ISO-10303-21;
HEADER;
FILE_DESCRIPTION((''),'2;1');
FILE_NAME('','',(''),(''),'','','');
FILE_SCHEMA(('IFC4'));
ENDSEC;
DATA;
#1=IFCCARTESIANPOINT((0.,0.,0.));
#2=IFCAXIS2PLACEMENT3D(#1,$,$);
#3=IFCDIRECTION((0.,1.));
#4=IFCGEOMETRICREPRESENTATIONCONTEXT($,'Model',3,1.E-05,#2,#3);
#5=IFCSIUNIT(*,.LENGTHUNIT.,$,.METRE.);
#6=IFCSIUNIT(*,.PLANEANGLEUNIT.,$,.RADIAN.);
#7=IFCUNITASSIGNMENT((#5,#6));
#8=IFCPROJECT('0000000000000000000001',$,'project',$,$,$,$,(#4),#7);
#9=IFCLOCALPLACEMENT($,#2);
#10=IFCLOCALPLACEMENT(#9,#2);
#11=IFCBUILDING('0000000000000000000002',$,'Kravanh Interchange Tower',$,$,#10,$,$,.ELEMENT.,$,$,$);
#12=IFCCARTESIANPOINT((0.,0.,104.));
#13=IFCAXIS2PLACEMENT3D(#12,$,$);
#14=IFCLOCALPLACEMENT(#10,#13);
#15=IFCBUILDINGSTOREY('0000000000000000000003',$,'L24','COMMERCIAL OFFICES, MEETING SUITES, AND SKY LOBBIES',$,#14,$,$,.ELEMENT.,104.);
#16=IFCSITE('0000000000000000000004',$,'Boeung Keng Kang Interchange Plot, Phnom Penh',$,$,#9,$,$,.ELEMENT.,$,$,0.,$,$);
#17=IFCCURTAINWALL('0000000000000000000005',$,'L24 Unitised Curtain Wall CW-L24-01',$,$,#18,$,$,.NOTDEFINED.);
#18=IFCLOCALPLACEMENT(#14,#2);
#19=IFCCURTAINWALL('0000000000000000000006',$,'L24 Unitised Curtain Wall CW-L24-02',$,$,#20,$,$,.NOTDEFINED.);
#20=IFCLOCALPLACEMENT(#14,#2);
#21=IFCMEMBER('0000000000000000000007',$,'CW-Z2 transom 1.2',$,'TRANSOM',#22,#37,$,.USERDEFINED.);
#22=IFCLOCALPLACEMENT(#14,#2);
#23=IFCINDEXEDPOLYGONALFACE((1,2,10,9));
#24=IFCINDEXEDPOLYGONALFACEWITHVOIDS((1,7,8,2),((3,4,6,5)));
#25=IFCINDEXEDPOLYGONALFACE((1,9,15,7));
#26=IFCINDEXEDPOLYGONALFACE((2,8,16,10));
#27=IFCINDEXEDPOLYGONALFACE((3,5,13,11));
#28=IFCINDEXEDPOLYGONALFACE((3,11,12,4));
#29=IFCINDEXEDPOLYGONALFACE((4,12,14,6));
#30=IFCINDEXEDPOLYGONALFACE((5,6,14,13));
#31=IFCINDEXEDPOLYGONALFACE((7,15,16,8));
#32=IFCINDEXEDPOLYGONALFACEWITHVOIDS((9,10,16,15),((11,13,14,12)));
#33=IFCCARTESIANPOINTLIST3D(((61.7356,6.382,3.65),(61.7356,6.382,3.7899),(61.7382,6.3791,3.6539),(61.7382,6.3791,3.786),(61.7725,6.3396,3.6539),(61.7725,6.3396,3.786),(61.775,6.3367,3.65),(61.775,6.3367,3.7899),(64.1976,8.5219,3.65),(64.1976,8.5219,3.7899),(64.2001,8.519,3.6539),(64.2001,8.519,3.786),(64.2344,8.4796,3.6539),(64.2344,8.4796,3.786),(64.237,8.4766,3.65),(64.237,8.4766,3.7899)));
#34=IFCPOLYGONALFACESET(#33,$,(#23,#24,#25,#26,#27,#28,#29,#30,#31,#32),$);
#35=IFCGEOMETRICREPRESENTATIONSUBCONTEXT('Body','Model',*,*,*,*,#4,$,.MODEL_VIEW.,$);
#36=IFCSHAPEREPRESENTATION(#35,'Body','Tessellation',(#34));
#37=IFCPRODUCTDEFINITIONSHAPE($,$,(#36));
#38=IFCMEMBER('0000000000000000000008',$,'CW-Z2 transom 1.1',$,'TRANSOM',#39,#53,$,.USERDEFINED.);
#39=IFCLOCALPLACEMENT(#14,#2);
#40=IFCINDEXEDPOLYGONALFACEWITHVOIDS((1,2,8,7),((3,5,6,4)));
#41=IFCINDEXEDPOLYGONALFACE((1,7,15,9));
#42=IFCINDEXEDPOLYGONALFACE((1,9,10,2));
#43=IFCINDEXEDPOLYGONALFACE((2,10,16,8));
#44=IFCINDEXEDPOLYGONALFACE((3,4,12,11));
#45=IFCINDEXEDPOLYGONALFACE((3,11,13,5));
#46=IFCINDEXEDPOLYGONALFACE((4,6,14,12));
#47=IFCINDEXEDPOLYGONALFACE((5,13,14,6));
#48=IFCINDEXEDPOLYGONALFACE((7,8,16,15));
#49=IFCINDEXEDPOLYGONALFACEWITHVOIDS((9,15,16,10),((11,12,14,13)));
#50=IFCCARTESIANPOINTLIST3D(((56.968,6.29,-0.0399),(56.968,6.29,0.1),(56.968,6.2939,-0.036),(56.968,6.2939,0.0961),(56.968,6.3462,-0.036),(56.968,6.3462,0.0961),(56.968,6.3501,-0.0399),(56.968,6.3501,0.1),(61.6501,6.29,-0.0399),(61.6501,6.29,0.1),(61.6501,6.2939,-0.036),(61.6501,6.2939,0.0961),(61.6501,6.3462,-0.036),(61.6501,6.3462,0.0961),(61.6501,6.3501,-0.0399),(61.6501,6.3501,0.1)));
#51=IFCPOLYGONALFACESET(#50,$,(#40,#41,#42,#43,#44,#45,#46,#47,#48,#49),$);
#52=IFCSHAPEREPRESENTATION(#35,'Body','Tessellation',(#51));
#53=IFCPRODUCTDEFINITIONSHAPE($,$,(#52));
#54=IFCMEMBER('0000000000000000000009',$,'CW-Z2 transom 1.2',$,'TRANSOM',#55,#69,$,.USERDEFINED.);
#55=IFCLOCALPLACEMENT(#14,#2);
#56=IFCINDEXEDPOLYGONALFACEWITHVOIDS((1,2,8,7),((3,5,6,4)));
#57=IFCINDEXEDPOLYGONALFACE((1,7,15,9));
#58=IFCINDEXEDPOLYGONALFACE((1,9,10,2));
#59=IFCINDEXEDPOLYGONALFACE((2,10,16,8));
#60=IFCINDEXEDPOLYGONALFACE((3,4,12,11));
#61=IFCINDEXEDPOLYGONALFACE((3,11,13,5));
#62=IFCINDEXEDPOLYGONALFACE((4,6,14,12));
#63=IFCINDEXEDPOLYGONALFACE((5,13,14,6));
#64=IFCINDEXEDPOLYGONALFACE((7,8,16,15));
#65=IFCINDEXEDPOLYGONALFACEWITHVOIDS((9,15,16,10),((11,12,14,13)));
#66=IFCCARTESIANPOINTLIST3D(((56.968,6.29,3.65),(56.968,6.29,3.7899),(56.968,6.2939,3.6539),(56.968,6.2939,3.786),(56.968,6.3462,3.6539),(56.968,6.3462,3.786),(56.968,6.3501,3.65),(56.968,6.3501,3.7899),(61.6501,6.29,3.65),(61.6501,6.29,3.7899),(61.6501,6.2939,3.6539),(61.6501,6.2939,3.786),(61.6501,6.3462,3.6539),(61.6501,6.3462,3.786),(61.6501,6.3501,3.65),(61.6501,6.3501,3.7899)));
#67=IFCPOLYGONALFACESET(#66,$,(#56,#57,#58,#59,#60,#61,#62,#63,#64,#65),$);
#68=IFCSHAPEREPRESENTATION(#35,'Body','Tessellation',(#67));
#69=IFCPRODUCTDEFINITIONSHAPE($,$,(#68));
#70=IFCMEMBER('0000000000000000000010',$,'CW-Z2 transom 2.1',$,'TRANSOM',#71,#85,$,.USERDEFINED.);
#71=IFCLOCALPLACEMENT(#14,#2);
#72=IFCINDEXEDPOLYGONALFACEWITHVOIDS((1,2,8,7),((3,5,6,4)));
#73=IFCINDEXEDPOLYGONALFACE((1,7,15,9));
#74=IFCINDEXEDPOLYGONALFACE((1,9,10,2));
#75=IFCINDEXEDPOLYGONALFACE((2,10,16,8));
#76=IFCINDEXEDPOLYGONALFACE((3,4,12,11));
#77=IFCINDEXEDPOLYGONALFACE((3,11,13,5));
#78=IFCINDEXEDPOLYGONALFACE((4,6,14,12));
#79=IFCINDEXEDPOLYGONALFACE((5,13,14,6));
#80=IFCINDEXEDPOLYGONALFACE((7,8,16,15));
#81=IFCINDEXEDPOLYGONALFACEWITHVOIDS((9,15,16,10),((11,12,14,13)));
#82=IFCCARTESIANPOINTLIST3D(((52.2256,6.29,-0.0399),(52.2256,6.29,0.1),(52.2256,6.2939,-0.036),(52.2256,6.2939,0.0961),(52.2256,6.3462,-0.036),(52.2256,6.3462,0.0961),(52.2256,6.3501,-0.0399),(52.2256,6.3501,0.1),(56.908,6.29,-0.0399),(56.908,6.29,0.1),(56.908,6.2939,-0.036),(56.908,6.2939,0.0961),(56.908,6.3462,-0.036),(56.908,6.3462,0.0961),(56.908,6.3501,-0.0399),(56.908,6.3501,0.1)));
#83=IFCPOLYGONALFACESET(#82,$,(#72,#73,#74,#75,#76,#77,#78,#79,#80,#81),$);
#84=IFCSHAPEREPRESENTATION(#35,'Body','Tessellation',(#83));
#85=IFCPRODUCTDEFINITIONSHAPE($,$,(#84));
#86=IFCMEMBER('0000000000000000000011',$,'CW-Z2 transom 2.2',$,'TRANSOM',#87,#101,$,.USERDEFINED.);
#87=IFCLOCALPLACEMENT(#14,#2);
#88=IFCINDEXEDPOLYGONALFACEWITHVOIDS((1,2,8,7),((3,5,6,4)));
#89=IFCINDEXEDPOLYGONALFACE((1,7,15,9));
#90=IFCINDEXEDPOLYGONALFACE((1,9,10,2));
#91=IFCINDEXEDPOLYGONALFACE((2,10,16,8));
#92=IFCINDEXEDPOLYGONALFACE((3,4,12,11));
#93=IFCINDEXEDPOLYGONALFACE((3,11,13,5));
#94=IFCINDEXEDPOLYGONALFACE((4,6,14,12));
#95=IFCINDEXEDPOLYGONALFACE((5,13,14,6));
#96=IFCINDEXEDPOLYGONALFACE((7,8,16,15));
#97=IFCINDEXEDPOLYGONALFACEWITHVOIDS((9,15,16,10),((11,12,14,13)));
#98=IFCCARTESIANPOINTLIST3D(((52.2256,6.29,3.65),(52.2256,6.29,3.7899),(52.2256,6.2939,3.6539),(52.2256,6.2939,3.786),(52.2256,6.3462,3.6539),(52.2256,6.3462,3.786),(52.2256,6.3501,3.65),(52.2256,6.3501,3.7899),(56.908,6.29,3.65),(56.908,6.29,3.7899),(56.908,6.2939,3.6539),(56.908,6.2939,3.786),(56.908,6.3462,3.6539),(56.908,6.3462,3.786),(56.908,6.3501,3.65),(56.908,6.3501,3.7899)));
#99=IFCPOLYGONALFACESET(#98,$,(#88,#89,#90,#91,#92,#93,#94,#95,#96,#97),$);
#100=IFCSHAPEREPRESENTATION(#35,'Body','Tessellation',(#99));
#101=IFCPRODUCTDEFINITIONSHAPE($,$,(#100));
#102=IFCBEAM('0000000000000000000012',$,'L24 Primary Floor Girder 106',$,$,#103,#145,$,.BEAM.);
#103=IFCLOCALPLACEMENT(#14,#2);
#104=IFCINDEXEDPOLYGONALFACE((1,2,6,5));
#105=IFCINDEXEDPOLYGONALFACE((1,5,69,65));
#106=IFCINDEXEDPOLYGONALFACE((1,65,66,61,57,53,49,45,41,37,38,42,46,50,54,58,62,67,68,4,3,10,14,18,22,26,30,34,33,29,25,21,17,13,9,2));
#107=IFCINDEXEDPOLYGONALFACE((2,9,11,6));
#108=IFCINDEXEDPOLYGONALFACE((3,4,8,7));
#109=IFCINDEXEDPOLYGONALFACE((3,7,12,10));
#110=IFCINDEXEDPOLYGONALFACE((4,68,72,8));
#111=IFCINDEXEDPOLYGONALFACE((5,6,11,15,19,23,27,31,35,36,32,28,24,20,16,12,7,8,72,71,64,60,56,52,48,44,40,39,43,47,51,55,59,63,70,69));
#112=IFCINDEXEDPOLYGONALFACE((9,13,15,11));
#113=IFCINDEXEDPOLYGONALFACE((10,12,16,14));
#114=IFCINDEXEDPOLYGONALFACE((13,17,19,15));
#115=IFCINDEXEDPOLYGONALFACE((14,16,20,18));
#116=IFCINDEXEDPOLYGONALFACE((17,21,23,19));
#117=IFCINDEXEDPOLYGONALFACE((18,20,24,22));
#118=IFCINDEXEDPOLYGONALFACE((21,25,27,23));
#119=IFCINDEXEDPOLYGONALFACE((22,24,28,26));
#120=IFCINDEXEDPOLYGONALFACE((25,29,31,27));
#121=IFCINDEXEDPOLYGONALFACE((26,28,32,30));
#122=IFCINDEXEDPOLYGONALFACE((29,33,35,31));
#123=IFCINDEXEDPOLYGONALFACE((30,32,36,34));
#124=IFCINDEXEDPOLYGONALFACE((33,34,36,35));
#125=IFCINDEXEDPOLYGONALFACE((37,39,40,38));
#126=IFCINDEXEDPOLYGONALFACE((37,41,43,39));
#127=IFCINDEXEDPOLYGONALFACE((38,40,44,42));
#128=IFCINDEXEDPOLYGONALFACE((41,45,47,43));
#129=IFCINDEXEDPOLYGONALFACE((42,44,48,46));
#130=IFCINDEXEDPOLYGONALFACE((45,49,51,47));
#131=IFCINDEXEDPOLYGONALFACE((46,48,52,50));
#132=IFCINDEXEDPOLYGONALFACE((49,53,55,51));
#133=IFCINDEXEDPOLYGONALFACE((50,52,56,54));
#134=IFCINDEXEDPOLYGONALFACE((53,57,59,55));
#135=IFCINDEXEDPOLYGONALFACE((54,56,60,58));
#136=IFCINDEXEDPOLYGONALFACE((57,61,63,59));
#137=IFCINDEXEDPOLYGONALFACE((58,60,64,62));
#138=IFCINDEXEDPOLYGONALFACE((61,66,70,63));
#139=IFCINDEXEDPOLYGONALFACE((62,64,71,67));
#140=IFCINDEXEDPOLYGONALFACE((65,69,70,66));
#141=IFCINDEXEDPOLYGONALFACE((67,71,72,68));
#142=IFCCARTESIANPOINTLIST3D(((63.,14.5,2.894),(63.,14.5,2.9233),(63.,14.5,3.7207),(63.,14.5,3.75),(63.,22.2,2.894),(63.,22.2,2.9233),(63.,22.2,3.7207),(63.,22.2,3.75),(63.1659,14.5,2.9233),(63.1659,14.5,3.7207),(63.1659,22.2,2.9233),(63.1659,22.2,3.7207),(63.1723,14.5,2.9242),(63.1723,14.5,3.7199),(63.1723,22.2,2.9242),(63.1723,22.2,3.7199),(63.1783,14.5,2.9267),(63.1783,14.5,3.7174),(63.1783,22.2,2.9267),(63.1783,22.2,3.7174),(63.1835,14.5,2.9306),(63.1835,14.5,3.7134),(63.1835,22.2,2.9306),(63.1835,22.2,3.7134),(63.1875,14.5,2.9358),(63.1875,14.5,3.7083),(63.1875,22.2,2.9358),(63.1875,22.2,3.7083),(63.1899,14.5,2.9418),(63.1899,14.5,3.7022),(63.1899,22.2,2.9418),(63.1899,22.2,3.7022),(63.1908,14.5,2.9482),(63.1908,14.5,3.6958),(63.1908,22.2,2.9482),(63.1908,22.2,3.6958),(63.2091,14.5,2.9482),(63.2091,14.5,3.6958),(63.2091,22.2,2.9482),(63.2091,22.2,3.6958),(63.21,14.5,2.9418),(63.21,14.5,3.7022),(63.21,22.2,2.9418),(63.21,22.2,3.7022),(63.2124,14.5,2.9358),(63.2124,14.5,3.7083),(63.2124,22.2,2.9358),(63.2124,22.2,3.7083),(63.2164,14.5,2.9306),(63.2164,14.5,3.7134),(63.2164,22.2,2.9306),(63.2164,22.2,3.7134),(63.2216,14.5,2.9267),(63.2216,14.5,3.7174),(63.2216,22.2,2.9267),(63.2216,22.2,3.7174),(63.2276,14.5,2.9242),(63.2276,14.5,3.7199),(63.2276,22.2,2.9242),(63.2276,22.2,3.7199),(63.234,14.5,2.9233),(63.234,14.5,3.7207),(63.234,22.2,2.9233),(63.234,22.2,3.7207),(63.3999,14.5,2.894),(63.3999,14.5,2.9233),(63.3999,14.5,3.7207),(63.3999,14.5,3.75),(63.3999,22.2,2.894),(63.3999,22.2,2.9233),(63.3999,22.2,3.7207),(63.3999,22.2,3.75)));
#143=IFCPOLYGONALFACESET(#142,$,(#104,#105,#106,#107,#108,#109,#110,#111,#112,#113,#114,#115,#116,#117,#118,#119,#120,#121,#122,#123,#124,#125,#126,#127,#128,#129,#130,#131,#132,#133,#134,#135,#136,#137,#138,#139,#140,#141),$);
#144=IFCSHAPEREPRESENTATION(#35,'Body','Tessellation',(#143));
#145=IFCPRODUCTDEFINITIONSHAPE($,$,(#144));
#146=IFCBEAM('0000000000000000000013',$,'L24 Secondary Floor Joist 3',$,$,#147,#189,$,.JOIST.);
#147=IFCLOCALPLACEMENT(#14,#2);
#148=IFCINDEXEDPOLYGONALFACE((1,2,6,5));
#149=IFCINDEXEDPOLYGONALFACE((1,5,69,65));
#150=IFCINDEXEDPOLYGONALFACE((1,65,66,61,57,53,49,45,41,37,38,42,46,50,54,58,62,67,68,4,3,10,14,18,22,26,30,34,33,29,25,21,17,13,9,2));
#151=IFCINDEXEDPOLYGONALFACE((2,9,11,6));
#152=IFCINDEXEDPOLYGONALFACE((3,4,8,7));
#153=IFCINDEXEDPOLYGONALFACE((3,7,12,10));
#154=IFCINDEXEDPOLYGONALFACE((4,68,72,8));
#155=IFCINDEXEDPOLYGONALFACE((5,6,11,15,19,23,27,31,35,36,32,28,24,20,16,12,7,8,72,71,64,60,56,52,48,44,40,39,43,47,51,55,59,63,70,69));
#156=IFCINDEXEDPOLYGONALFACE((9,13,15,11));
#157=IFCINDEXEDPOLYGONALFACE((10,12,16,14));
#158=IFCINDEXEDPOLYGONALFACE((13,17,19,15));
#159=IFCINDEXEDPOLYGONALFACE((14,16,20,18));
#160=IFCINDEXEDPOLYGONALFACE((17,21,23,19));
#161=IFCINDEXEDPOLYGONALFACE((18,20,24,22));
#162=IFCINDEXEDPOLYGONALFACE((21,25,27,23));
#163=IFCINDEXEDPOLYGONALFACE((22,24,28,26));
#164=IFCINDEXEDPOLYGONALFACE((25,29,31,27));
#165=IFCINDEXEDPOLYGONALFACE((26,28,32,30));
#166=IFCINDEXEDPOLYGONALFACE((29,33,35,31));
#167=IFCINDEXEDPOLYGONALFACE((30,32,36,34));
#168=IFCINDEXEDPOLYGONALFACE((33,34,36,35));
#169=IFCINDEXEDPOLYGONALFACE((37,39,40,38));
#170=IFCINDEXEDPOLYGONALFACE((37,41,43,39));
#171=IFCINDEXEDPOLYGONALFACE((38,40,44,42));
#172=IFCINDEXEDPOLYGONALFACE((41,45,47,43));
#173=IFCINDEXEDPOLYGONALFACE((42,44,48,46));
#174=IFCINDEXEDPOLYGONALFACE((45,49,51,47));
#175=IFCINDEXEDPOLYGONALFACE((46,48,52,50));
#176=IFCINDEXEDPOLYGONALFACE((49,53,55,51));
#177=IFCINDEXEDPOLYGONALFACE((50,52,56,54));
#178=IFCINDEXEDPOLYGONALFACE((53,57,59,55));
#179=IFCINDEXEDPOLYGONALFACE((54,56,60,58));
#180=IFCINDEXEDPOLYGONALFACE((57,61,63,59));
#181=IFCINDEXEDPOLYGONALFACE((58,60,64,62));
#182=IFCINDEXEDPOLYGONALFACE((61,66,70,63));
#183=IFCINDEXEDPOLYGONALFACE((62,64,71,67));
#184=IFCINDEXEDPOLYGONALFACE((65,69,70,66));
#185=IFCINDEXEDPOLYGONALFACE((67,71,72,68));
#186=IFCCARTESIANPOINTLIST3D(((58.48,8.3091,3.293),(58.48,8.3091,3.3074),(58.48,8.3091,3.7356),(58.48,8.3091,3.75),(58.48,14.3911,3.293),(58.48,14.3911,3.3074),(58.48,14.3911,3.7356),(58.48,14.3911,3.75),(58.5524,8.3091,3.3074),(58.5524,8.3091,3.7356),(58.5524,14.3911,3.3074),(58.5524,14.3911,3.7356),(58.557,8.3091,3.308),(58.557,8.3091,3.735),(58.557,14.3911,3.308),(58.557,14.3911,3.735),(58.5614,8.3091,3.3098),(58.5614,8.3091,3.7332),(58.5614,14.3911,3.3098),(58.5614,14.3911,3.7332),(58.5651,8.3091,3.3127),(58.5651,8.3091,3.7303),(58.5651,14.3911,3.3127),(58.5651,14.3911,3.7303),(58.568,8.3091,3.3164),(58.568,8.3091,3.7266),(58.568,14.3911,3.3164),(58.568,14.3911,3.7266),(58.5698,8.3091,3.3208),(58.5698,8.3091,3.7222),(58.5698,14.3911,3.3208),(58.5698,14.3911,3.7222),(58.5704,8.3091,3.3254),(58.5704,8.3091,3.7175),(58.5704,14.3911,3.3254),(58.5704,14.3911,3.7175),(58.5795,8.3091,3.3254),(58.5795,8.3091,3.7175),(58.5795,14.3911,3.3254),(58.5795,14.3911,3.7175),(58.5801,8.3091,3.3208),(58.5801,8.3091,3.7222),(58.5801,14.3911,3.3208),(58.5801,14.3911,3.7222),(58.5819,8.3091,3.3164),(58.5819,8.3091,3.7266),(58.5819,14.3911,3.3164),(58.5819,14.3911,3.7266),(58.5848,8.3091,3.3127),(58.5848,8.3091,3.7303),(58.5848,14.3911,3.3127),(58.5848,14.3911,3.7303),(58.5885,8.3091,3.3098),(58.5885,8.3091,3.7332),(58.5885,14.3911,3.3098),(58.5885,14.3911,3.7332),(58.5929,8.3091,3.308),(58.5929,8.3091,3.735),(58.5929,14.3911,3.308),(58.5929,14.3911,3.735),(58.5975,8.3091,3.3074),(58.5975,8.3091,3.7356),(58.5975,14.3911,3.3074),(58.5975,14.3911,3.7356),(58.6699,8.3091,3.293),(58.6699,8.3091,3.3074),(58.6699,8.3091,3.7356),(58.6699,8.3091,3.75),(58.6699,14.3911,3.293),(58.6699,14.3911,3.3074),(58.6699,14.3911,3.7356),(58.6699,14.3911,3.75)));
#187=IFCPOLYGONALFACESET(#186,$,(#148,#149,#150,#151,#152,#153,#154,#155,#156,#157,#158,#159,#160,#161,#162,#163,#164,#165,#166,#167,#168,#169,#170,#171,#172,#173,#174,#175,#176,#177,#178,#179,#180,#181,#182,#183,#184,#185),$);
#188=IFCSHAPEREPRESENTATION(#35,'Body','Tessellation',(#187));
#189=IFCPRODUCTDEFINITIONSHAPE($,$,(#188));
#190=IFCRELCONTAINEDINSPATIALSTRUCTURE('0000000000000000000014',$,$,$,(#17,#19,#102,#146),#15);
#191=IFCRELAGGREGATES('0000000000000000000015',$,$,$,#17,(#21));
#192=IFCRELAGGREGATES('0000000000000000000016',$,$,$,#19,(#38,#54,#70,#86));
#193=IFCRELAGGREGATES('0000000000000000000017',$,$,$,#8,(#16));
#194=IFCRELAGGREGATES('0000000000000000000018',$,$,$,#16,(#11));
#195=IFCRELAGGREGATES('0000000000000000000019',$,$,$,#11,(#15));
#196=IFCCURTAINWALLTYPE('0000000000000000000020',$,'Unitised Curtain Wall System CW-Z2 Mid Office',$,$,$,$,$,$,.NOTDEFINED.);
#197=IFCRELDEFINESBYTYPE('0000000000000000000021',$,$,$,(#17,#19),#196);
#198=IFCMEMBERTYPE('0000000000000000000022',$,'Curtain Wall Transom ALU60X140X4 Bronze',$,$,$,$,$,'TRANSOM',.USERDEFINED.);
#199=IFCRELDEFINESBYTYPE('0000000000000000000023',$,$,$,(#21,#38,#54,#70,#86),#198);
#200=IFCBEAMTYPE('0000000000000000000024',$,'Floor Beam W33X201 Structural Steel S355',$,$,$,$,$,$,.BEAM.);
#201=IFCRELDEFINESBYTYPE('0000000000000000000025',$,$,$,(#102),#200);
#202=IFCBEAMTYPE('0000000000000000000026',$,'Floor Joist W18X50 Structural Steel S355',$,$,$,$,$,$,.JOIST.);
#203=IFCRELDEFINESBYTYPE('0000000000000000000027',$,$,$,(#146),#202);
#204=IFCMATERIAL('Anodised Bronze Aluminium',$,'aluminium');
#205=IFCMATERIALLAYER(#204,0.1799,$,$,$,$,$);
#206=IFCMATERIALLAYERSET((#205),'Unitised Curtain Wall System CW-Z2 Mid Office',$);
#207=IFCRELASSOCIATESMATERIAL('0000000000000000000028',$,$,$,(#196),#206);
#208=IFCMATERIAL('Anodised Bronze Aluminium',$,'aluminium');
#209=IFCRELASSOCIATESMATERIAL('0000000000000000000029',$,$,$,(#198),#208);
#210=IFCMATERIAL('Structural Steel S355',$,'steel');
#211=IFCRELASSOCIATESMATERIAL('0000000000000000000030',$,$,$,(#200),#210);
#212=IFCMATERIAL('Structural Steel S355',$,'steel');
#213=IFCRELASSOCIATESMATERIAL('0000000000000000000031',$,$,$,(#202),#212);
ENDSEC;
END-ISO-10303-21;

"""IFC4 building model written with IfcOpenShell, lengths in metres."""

from ifc_helpers import new_model, si_unit, direction, frame, origin, origin_2d, place, context, subcontext, project, spatial, hollow_rectangle, i_section, extrude, material, layer, layer_set, material_profile, profile_set, type_object, element, aggregate, save


model = new_model("IFC4")

# Units and contexts
model_context = context("Model", 3, precision=1e-05, world=origin(), true_north=direction((0.0, 1.0)))
body_context = subcontext(model_context, "Body", "Model", "MODEL_VIEW")
ifc_project = project(units=[si_unit("LENGTHUNIT", "METRE"), si_unit("PLANEANGLEUNIT", "RADIAN")], contexts=[model_context])

# Site, building, storey
site_placement = place(None, origin())
site = spatial("IfcSite", under=ifc_project, at=site_placement, Name="Boeung Keng Kang Interchange Plot, Phnom Penh", CompositionType="ELEMENT", RefElevation=0.0)
building_placement = place(site_placement, origin())
building = spatial("IfcBuilding", under=site, at=building_placement, Name="Kravanh Interchange Tower", CompositionType="ELEMENT")
storey_placement = place(building_placement, frame((0.0, 0.0, 104.0)))
storey = spatial("IfcBuildingStorey", under=building, at=storey_placement, Name="L24", Description="COMMERCIAL OFFICES, MEETING SUITES, AND SKY LOBBIES", CompositionType="ELEMENT", Elevation=104.0)

# Curtain walls
ifc_material_1 = material(Name="Anodised Bronze Aluminium", Category="aluminium")
ifc_layer_1 = layer(ifc_material_1, 0.1799)
ifc_layer_set_1 = layer_set([ifc_layer_1], Name="Unitised Curtain Wall System CW-Z2 Mid Office")
curtain_wall_type = type_object("IfcCurtainWallType", Name="Unitised Curtain Wall System CW-Z2 Mid Office", PredefinedType="NOTDEFINED", material=ifc_layer_set_1)
curtain_wall_1_placement = place(storey_placement, origin())
curtain_wall_1 = element("IfcCurtainWall", 1, at=curtain_wall_1_placement, inside=storey, type_object=curtain_wall_type, Name="L24 Unitised Curtain Wall CW-L24-01", PredefinedType="NOTDEFINED")
curtain_wall_2_placement = place(storey_placement, origin())
curtain_wall_2 = element("IfcCurtainWall", 2, at=curtain_wall_2_placement, inside=storey, type_object=curtain_wall_type, Name="L24 Unitised Curtain Wall CW-L24-02", PredefinedType="NOTDEFINED")

# Members
ifc_material_2 = material(Name="Anodised Bronze Aluminium", Category="aluminium")
ifc_material_profile_1 = material_profile(ifc_material_2, hollow_rectangle(XDim=0.0601, YDim=0.1399, WallThickness=0.0039, at=origin_2d()), Name="ALU60X140X4")
ifc_profile_set_1 = profile_set([ifc_material_profile_1], Name="Anodised Bronze Aluminium")
member_type_1 = type_object("IfcMemberType", Name="Curtain Wall Transom ALU60X140X4 Bronze", ElementType="TRANSOM", PredefinedType="USERDEFINED", material=ifc_profile_set_1)
member_1_placement = place(storey_placement, frame((64.2173, 8.4993, 3.72), z_axis=(-0.754742, -0.656021, 0.0), x_axis=(0.656021, -0.754742, 0.0)))
member_1 = element("IfcMember", 3, at=member_1_placement, type_object=member_type_1, Name="CW-Z2 transom 1.2", ObjectType="TRANSOM", PredefinedType="USERDEFINED", context=body_context, shape_type="SweptSolid", body=[
    extrude(hollow_rectangle(XDim=0.0601, YDim=0.1399, WallThickness=0.0039, at=origin_2d()), origin(), (0.0, 0.0, 1.0), 3.262),
])
member_2_placement = place(storey_placement, frame((61.6501, 6.3201, 0.03), z_axis=(-1.0, 0.0, 0.0), x_axis=(0.0, -1.0, 0.0)))
member_2 = element("IfcMember", 4, at=member_2_placement, type_object=member_type_1, Name="CW-Z2 transom 1.1", ObjectType="TRANSOM", PredefinedType="USERDEFINED", context=body_context, shape_type="SweptSolid", body=[
    extrude(hollow_rectangle(XDim=0.0601, YDim=0.1399, WallThickness=0.0039, at=origin_2d()), origin(), (0.0, 0.0, 1.0), 4.6821),
])
member_3_placement = place(storey_placement, frame((61.6501, 6.3201, 3.72), z_axis=(-1.0, 0.0, 0.0), x_axis=(0.0, -1.0, 0.0)))
member_3 = element("IfcMember", 5, at=member_3_placement, type_object=member_type_1, Name="CW-Z2 transom 1.2", ObjectType="TRANSOM", PredefinedType="USERDEFINED", context=body_context, shape_type="SweptSolid", body=[
    extrude(hollow_rectangle(XDim=0.0601, YDim=0.1399, WallThickness=0.0039, at=origin_2d()), origin(), (0.0, 0.0, 1.0), 4.6821),
])
member_4_placement = place(storey_placement, frame((56.908, 6.3201, 0.03), z_axis=(-1.0, 0.0, 0.0), x_axis=(0.0, -1.0, 0.0)))
member_4 = element("IfcMember", 6, at=member_4_placement, type_object=member_type_1, Name="CW-Z2 transom 2.1", ObjectType="TRANSOM", PredefinedType="USERDEFINED", context=body_context, shape_type="SweptSolid", body=[
    extrude(hollow_rectangle(XDim=0.0601, YDim=0.1399, WallThickness=0.0039, at=origin_2d()), origin(), (0.0, 0.0, 1.0), 4.6824),
])
member_5_placement = place(storey_placement, frame((56.908, 6.3201, 3.72), z_axis=(-1.0, 0.0, 0.0), x_axis=(0.0, -1.0, 0.0)))
member_5 = element("IfcMember", 7, at=member_5_placement, type_object=member_type_1, Name="CW-Z2 transom 2.2", ObjectType="TRANSOM", PredefinedType="USERDEFINED", context=body_context, shape_type="SweptSolid", body=[
    extrude(hollow_rectangle(XDim=0.0601, YDim=0.1399, WallThickness=0.0039, at=origin_2d()), origin(), (0.0, 0.0, 1.0), 4.6824),
])

# Beams
ifc_material_3 = material(Name="Structural Steel S355", Category="steel")
ifc_material_profile_2 = material_profile(ifc_material_3, i_section(OverallWidth=0.3999, OverallDepth=0.856, WebThickness=0.0183, FlangeThickness=0.0293, FilletRadius=0.0249, at=origin_2d()), Name="W33X201")
ifc_profile_set_2 = profile_set([ifc_material_profile_2], Name="Structural Steel S355")
beam_type_1 = type_object("IfcBeamType", Name="Floor Beam W33X201 Structural Steel S355", PredefinedType="BEAM", material=ifc_profile_set_2)
beam_1_placement = place(storey_placement, frame((63.2, 14.5, 3.322), z_axis=(0.0, 1.0, 0.0), x_axis=(-1.0, 0.0, 0.0)))
element("IfcBeam", 8, at=beam_1_placement, inside=storey, type_object=beam_type_1, Name="L24 Primary Floor Girder 106", PredefinedType="BEAM", context=body_context, shape_type="SweptSolid", body=[
    extrude(i_section(OverallWidth=0.3999, OverallDepth=0.856, WebThickness=0.0183, FlangeThickness=0.0293, FilletRadius=0.0249, at=origin_2d()), origin(), (0.0, 0.0, 1.0), 7.7),
])
ifc_material_4 = material(Name="Structural Steel S355", Category="steel")
ifc_material_profile_3 = material_profile(ifc_material_4, i_section(OverallWidth=0.1899, OverallDepth=0.457, WebThickness=0.009, FlangeThickness=0.0144, FilletRadius=0.0181, at=origin_2d()), Name="W18X50")
ifc_profile_set_3 = profile_set([ifc_material_profile_3], Name="Structural Steel S355")
beam_type_2 = type_object("IfcBeamType", Name="Floor Joist W18X50 Structural Steel S355", PredefinedType="JOIST", material=ifc_profile_set_3)
for number, where, z_axis, x_axis, name in (
    (9, (58.575, 8.3091, 3.5215), (0.0, 1.0, 0.0), (-1.0, 0.0, 0.0), "L24 Secondary Floor Joist 3"),
):
    element("IfcBeam", number, at=place(storey_placement, frame(where, z_axis=z_axis, x_axis=x_axis)), inside=storey, type_object=beam_type_2, Name=name, PredefinedType="JOIST", context=body_context, shape_type="SweptSolid", body=[
        extrude(i_section(OverallWidth=0.1899, OverallDepth=0.457, WebThickness=0.009, FlangeThickness=0.0144, FilletRadius=0.0181, at=origin_2d()), origin(), (0.0, 0.0, 1.0), 6.082),
    ])

aggregate(curtain_wall_1, [member_1])
aggregate(curtain_wall_2, [member_2, member_3, member_4, member_5])

save(model, "model.ifc")
